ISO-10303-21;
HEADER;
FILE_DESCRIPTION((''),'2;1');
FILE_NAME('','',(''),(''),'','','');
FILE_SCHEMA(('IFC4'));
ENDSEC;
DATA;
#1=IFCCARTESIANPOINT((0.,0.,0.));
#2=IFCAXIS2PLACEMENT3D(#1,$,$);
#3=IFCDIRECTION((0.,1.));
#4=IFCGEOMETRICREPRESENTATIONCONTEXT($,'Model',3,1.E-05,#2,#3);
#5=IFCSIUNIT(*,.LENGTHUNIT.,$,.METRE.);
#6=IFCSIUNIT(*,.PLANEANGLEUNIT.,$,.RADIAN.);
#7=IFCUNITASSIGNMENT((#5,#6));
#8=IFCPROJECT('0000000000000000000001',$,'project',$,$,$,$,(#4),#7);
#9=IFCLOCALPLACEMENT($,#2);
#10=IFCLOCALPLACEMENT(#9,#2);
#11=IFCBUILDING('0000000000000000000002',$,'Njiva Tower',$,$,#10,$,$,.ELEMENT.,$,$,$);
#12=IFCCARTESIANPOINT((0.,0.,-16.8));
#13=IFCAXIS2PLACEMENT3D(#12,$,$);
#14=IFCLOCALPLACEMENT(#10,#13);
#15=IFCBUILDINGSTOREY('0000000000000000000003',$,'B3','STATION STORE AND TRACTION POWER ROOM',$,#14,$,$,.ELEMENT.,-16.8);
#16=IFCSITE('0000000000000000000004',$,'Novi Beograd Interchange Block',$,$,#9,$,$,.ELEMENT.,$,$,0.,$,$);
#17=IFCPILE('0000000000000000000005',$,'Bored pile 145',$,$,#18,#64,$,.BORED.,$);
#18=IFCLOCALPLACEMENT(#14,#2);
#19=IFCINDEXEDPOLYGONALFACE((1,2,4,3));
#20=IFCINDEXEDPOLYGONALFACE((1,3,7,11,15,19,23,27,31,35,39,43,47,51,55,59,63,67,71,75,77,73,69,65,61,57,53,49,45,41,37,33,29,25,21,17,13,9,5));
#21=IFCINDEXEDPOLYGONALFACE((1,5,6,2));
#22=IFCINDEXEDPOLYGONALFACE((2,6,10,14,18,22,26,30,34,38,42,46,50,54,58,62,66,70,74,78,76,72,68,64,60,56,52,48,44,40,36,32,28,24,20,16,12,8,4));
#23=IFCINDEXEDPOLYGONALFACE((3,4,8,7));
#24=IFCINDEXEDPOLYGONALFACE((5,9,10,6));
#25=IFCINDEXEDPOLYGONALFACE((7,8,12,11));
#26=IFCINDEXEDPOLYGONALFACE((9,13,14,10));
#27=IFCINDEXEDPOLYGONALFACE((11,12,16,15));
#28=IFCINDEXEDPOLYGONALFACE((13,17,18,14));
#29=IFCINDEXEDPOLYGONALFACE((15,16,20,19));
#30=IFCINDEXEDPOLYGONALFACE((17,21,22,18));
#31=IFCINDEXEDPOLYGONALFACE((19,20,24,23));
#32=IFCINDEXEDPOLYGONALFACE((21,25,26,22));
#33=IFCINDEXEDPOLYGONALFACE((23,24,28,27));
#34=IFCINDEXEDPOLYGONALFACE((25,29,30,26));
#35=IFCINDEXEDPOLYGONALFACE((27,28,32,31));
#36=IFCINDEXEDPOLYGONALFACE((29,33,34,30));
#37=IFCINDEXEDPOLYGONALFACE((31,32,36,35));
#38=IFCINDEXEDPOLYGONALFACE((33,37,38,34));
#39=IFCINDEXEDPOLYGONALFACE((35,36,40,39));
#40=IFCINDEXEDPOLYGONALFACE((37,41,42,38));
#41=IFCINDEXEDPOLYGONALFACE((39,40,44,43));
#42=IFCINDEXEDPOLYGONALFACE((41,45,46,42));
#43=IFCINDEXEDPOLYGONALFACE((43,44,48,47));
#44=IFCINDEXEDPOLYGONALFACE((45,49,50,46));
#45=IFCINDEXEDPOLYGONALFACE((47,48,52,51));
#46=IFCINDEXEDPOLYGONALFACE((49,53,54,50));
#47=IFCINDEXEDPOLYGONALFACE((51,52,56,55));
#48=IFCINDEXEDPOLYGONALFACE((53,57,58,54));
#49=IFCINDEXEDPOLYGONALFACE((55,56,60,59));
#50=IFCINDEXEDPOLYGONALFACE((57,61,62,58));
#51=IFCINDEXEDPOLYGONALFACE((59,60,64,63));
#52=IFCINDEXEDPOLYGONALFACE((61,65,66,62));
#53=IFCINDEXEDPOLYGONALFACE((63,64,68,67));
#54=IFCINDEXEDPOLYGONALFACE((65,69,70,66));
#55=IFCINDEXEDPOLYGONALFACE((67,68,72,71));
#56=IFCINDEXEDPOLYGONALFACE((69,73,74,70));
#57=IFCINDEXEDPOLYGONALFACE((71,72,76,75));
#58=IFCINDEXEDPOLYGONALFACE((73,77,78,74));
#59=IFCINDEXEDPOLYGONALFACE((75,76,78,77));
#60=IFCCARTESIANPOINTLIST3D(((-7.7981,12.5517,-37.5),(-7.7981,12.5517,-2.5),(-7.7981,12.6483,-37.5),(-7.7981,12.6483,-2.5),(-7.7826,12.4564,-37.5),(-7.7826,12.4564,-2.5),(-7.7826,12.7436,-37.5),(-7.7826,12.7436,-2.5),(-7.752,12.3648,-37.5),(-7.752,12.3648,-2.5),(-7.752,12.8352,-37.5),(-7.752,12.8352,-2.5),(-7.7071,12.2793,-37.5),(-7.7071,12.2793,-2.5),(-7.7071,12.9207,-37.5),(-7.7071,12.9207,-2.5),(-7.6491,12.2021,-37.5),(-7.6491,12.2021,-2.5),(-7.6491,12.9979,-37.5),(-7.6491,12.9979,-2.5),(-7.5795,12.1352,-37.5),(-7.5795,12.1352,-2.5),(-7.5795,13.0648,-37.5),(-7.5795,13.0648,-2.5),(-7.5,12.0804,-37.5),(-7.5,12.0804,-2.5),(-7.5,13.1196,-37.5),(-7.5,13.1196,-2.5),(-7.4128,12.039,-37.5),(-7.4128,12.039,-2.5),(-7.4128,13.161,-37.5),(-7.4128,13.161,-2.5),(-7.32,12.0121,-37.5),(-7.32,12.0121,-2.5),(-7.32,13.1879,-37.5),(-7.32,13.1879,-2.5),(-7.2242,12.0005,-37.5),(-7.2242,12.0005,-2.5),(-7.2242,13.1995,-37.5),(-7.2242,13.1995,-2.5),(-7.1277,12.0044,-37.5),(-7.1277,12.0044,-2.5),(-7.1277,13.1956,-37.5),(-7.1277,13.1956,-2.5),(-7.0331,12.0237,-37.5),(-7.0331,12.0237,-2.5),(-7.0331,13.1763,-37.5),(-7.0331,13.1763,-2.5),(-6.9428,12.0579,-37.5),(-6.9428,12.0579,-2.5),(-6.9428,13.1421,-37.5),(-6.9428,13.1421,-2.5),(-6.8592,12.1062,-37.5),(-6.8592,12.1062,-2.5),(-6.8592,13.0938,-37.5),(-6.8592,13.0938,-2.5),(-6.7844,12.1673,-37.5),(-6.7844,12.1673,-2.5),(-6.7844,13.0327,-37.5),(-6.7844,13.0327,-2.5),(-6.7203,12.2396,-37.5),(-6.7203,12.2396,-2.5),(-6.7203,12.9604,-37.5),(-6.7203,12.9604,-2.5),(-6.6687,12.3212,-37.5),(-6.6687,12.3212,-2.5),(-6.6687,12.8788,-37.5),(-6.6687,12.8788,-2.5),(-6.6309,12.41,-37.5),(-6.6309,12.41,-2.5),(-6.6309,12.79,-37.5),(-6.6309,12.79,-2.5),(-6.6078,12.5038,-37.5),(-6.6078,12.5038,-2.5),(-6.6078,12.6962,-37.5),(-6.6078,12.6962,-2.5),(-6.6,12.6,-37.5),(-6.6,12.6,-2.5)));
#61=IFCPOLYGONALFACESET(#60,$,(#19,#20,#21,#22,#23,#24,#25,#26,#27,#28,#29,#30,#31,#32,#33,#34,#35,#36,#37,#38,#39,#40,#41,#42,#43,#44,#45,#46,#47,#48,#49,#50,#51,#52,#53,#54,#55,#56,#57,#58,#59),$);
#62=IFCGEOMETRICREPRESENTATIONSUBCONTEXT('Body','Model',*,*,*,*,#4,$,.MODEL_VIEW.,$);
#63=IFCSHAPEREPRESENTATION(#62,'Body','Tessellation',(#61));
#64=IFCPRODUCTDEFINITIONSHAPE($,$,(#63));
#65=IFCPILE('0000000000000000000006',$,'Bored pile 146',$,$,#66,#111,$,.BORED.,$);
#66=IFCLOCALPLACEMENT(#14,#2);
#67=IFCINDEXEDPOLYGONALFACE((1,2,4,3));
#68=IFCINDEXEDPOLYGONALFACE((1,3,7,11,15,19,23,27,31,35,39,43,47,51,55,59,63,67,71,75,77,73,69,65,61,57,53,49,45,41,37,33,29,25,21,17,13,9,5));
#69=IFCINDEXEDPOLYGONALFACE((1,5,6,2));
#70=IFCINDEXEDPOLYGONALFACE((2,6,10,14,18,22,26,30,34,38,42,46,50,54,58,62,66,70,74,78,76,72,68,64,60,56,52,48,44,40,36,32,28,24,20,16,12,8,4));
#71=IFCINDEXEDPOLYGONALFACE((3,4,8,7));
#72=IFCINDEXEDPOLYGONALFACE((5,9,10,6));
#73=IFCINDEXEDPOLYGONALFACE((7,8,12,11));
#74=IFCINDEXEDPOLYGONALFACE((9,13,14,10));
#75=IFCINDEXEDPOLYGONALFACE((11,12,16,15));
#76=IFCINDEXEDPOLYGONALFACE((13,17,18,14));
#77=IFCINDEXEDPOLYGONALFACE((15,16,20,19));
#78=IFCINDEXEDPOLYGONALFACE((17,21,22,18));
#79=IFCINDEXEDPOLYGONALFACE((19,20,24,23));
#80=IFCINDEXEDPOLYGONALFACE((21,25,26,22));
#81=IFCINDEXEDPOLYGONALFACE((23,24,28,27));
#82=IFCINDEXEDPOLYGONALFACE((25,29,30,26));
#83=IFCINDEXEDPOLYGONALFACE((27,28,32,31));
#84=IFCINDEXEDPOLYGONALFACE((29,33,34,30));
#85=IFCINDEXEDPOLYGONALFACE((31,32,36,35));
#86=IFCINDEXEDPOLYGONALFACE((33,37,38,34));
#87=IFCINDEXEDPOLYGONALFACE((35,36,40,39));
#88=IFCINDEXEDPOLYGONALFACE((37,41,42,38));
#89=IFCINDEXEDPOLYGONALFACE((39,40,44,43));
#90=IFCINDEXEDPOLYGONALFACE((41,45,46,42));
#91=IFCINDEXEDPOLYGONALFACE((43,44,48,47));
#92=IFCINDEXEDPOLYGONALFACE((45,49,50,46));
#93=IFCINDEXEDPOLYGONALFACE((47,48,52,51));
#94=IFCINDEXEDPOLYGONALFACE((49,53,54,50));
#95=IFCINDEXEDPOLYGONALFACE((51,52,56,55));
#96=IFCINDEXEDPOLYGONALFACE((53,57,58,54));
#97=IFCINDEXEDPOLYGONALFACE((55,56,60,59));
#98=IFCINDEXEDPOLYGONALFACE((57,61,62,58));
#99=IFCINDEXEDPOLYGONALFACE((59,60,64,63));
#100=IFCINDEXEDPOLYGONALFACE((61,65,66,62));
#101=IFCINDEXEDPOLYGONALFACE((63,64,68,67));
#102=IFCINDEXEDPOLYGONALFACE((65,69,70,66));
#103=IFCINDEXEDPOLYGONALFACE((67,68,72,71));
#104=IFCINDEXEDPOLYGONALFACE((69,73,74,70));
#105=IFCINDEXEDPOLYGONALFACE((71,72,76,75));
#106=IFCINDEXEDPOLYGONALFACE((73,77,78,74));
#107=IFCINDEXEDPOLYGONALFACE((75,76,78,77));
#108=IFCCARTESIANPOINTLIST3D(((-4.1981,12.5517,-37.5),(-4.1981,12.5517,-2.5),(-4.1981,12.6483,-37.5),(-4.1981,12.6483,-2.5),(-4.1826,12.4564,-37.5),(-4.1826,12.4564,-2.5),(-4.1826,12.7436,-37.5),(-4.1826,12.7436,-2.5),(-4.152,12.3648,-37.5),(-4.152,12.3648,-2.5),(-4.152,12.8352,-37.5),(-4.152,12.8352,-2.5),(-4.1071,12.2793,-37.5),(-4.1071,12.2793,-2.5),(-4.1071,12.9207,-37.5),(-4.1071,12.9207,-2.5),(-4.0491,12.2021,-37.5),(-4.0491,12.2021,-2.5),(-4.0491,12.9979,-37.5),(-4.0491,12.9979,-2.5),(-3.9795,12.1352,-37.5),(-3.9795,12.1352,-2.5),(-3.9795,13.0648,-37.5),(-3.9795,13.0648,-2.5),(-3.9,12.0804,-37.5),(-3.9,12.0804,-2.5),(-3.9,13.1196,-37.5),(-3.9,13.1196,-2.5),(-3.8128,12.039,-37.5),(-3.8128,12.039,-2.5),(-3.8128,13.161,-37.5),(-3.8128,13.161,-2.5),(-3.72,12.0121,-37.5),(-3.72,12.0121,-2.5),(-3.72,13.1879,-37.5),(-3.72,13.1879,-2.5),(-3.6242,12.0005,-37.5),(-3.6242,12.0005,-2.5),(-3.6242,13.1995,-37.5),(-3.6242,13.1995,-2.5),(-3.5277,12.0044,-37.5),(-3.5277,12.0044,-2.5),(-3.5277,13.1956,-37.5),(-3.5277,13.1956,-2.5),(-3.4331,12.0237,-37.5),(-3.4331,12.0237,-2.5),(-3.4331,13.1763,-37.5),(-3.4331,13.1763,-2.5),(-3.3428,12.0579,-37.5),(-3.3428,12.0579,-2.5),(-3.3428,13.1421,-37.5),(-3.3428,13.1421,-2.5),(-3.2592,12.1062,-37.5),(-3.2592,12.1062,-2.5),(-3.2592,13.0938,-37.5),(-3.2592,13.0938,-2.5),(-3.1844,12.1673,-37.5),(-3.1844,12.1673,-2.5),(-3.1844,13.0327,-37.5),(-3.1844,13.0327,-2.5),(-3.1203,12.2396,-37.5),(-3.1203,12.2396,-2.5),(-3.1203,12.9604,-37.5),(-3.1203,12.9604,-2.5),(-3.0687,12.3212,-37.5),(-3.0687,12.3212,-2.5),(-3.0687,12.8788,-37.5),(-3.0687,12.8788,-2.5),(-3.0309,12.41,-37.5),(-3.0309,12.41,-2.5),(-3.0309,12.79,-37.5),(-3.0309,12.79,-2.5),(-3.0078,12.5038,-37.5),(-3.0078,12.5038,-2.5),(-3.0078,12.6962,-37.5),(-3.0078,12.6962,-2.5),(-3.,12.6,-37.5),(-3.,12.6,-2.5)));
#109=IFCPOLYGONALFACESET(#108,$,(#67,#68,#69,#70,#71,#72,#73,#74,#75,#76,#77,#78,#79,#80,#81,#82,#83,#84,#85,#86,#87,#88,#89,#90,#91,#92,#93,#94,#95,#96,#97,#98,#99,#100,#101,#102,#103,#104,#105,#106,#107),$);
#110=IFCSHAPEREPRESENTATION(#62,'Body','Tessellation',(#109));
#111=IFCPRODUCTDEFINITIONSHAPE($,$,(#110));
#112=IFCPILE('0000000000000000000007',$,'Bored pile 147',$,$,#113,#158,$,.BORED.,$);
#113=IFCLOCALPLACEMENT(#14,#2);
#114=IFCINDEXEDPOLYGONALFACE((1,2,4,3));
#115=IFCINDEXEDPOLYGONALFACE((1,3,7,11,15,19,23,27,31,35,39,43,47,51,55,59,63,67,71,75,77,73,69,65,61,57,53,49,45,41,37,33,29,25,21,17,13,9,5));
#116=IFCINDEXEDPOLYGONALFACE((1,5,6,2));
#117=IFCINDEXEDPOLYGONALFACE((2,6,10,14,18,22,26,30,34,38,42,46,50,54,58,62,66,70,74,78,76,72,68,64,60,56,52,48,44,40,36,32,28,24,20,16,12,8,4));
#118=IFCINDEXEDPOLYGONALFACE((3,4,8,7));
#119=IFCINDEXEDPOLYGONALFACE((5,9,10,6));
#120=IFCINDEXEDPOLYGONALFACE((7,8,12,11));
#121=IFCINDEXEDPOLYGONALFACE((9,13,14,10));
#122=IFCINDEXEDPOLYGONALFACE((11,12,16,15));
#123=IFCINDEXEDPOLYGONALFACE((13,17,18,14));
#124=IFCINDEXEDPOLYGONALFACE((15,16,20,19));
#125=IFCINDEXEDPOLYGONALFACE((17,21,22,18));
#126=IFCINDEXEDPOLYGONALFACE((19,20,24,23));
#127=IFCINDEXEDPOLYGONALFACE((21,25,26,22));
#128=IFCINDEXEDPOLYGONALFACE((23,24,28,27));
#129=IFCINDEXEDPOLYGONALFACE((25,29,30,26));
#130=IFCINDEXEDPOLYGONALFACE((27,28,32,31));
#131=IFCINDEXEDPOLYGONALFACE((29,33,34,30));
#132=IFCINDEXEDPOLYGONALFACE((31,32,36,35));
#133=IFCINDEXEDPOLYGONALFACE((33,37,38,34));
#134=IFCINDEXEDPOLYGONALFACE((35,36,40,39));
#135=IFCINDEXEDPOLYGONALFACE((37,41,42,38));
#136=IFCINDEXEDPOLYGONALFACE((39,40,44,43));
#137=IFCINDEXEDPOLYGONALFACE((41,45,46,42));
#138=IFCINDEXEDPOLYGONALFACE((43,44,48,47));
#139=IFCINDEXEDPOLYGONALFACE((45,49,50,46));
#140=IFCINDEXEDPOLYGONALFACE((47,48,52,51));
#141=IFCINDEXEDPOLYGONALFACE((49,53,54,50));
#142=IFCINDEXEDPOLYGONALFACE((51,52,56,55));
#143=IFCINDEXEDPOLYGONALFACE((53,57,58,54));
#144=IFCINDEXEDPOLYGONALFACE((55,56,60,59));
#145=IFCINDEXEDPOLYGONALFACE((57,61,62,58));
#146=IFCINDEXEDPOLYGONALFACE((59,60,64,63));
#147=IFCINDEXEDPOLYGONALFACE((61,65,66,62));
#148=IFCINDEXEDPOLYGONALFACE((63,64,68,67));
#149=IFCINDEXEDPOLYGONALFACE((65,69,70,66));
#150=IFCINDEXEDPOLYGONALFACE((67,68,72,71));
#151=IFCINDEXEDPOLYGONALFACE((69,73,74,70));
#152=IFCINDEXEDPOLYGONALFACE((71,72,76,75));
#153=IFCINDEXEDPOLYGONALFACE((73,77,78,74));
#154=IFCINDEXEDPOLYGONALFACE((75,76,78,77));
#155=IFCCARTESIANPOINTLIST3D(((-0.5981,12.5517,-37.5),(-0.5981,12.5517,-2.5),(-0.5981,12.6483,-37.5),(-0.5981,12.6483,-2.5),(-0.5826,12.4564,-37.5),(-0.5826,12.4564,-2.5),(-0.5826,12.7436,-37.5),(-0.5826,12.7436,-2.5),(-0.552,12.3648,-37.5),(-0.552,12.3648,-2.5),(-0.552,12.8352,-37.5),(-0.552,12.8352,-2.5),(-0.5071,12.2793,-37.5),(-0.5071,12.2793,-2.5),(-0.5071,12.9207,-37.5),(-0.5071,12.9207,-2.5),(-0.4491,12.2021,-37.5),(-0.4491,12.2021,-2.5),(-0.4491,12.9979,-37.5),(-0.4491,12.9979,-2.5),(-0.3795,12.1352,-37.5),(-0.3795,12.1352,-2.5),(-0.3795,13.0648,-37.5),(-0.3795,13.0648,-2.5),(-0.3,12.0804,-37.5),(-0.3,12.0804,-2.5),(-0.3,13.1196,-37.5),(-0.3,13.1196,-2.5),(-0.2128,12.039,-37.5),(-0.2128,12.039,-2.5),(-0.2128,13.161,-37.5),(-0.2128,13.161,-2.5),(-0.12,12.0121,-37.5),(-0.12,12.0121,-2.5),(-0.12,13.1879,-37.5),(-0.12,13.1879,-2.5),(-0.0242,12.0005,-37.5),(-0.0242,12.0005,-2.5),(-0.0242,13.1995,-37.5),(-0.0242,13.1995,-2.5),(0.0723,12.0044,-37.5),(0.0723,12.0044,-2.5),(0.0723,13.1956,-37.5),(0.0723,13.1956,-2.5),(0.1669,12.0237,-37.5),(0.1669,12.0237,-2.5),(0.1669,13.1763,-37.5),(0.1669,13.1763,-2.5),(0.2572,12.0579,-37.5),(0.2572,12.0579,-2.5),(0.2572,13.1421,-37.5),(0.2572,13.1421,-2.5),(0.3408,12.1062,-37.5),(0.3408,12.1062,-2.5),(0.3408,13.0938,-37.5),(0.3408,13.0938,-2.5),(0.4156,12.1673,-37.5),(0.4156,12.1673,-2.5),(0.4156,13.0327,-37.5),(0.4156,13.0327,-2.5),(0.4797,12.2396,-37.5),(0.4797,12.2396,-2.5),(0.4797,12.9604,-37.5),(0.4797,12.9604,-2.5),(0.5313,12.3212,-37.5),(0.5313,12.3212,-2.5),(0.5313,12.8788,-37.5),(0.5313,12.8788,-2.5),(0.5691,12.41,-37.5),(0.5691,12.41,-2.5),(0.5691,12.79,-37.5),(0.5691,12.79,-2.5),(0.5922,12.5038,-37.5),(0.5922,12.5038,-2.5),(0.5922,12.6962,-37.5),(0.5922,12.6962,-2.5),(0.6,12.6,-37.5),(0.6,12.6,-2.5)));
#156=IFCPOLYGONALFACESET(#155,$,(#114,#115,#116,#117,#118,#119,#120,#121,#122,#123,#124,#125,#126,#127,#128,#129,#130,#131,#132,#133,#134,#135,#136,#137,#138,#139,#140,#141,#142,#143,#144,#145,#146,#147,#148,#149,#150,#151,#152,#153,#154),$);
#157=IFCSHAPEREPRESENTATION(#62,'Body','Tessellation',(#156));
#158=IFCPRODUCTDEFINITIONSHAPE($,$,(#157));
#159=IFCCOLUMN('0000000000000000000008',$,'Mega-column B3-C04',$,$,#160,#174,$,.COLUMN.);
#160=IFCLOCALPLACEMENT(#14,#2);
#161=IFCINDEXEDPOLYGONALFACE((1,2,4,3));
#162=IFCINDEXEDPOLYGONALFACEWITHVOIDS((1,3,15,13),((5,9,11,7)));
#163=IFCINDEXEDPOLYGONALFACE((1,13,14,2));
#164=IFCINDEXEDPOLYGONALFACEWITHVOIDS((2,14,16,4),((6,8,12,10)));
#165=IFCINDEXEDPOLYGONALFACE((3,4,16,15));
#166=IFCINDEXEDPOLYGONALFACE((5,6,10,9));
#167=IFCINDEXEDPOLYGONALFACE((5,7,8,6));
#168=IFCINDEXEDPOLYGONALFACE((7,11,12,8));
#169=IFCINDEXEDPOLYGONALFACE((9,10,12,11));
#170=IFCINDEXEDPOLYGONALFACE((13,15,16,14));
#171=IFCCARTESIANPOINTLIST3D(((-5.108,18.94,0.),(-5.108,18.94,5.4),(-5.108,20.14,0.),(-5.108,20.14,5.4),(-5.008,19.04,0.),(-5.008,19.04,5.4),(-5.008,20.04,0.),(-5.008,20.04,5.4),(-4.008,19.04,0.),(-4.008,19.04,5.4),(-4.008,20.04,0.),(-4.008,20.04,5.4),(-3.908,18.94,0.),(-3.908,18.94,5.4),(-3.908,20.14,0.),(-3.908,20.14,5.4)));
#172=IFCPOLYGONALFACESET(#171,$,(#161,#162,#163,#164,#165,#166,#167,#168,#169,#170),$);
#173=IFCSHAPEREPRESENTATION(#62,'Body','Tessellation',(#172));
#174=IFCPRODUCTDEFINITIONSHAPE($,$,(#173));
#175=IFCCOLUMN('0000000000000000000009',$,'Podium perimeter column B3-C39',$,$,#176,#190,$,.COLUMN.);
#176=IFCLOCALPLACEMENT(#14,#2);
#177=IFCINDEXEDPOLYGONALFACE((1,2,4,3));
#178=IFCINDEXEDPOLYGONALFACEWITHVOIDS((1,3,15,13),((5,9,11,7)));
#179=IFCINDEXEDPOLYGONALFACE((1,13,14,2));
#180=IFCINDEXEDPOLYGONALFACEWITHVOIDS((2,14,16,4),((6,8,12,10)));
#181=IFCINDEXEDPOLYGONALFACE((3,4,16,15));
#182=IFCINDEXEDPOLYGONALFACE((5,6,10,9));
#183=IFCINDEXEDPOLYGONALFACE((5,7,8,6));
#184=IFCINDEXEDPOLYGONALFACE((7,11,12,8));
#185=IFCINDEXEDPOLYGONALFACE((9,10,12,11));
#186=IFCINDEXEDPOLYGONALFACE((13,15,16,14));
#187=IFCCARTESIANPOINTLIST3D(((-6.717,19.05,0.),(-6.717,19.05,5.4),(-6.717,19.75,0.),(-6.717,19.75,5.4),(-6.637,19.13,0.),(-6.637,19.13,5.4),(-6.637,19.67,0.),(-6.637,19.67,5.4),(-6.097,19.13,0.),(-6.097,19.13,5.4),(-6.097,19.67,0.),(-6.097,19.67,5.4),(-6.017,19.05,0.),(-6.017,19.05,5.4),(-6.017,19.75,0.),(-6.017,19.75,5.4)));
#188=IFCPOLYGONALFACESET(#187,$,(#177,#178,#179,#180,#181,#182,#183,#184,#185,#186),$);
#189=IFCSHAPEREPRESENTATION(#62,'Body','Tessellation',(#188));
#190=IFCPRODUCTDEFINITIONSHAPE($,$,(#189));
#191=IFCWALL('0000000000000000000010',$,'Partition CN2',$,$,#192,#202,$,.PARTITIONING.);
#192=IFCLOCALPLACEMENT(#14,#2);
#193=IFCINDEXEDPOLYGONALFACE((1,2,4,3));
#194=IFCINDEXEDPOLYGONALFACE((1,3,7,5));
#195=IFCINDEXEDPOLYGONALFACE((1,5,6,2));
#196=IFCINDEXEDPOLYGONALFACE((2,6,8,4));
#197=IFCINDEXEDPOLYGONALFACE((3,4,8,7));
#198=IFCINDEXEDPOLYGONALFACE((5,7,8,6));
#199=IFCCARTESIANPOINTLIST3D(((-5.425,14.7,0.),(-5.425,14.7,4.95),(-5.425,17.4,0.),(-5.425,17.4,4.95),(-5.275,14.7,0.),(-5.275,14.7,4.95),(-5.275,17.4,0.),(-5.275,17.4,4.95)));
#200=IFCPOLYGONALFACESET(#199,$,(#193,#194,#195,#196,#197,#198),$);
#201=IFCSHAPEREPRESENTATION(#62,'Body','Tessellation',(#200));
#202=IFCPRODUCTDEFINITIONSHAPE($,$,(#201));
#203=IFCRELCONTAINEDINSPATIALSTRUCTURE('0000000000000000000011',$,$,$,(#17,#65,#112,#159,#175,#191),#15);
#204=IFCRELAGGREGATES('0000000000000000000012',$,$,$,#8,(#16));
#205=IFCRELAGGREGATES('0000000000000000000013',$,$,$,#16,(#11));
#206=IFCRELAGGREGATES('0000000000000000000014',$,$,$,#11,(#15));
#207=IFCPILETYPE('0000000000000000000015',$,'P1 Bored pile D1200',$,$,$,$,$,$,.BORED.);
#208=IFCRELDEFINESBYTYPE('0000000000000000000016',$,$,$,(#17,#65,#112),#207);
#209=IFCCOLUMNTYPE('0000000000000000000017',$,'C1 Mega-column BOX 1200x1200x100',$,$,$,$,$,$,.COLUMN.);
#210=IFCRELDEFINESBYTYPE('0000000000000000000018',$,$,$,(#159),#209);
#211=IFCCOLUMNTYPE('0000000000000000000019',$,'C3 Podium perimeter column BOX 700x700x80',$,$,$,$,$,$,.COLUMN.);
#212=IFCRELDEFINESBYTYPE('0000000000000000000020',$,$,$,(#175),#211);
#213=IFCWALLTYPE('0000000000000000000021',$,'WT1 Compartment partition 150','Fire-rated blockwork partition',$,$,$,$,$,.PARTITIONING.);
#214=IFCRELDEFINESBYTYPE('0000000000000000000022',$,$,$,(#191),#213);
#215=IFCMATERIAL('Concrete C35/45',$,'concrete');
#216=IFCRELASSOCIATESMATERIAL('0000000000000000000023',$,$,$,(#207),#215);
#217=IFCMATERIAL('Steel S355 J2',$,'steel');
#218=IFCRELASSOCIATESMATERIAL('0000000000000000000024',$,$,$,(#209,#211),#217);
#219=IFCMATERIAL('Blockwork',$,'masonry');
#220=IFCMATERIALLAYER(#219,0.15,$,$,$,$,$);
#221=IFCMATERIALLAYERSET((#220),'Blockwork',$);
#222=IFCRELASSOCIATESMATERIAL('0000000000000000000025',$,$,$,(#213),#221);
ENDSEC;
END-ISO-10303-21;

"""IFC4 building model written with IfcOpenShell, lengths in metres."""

from ifc_helpers import new_model, si_unit, direction, frame, frame_2d, origin, origin_2d, place, context, subcontext, project, spatial, rectangle, hollow_rectangle, circle, extrude, material, layer, layer_set, material_profile, profile_set, type_object, element, save


model = new_model("IFC4")

# Units and contexts
model_context = context("Model", 3, precision=1e-05, world=origin(), true_north=direction((0.0, 1.0)))
body_context = subcontext(model_context, "Body", "Model", "MODEL_VIEW")
ifc_project = project(units=[si_unit("LENGTHUNIT", "METRE"), si_unit("PLANEANGLEUNIT", "RADIAN")], contexts=[model_context])

# Site, building, storey
site_placement = place(None, origin())
site = spatial("IfcSite", under=ifc_project, at=site_placement, Name="Novi Beograd Interchange Block", CompositionType="ELEMENT", RefElevation=0.0)
building_placement = place(site_placement, origin())
building = spatial("IfcBuilding", under=site, at=building_placement, Name="Njiva Tower", CompositionType="ELEMENT")
storey_placement = place(building_placement, frame((0.0, 0.0, -16.8)))
storey = spatial("IfcBuildingStorey", under=building, at=storey_placement, Name="B3", Description="STATION STORE AND TRACTION POWER ROOM", CompositionType="ELEMENT", Elevation=-16.8)

# Piles
ifc_material_1 = material(Name="Concrete C35/45", Category="concrete")
ifc_material_profile_1 = material_profile(ifc_material_1, circle(Radius=0.6, at=origin_2d()), Name="D1200")
ifc_profile_set_1 = profile_set([ifc_material_profile_1], Name="Concrete C35/45")
pile_type = type_object("IfcPileType", Name="P1 Bored pile D1200", PredefinedType="BORED", material=ifc_profile_set_1)
for number, where, z_axis, x_axis, name in (
    (1, (-7.2, 12.6, -2.5), (0.0, 0.0, -1.0), (1.0, 0.0, 0.0), "Bored pile 145"),
    (2, (-3.6, 12.6, -2.5), (0.0, 0.0, -1.0), (1.0, 0.0, 0.0), "Bored pile 146"),
    (3, (0.0, 12.6, -2.5), (0.0, 0.0, -1.0), (1.0, 0.0, 0.0), "Bored pile 147"),
):
    element("IfcPile", number, at=place(storey_placement, frame(where, z_axis=z_axis, x_axis=x_axis)), inside=storey, type_object=pile_type, Name=name, PredefinedType="BORED", context=body_context, shape_type="SweptSolid", body=[
        extrude(circle(Radius=0.6, at=origin_2d()), origin(), (0.0, 0.0, 1.0), 35.0),
    ])

# Columns
ifc_material_2 = material(Name="Steel S355 J2", Category="steel")
ifc_material_profile_2 = material_profile(ifc_material_2, hollow_rectangle(XDim=1.2, YDim=1.2, WallThickness=0.1, at=origin_2d()), Name="BOX 1200x1200x100")
ifc_profile_set_2 = profile_set([ifc_material_profile_2], Name="Steel S355 J2")
column_type_1 = type_object("IfcColumnType", Name="C1 Mega-column BOX 1200x1200x100", PredefinedType="COLUMN", material=ifc_profile_set_2)
column_1_placement = place(storey_placement, frame((-4.508, 19.54, 0.0), z_axis=(0.0, 0.0, 1.0), x_axis=(-1.0, 0.0, 0.0)))
element("IfcColumn", 4, at=column_1_placement, inside=storey, type_object=column_type_1, Name="Mega-column B3-C04", PredefinedType="COLUMN", context=body_context, shape_type="SweptSolid", body=[
    extrude(hollow_rectangle(XDim=1.2, YDim=1.2, WallThickness=0.1, at=origin_2d()), origin(), (0.0, 0.0, 1.0), 5.4),
])
ifc_material_profile_3 = material_profile(ifc_material_2, hollow_rectangle(XDim=0.7, YDim=0.7, WallThickness=0.08, at=origin_2d()), Name="BOX 700x700x80")
ifc_profile_set_3 = profile_set([ifc_material_profile_3], Name="Steel S355 J2")
column_type_2 = type_object("IfcColumnType", Name="C3 Podium perimeter column BOX 700x700x80", PredefinedType="COLUMN", material=ifc_profile_set_3)
column_2_placement = place(storey_placement, frame((-6.367, 19.4, 0.0), z_axis=(0.0, 0.0, 1.0), x_axis=(-1.0, 0.0, 0.0)))
element("IfcColumn", 5, at=column_2_placement, inside=storey, type_object=column_type_2, Name="Podium perimeter column B3-C39", PredefinedType="COLUMN", context=body_context, shape_type="SweptSolid", body=[
    extrude(hollow_rectangle(XDim=0.7, YDim=0.7, WallThickness=0.08, at=origin_2d()), origin(), (0.0, 0.0, 1.0), 5.4),
])

# Wall
ifc_material_3 = material(Name="Blockwork", Category="masonry")
ifc_layer_1 = layer(ifc_material_3, 0.15)
ifc_layer_set_1 = layer_set([ifc_layer_1], Name="Blockwork")
wall_type_1 = type_object("IfcWallType", Name="WT1 Compartment partition 150", Description="Fire-rated blockwork partition", PredefinedType="PARTITIONING", material=ifc_layer_set_1)
for number, where, z_axis, x_axis, name in (
    (6, (-5.35, 14.7, 0.0), (0.0, 0.0, 1.0), (0.0, 1.0, 0.0), "Partition CN2"),
):
    element("IfcWall", number, at=place(storey_placement, frame(where, z_axis=z_axis, x_axis=x_axis)), inside=storey, type_object=wall_type_1, Name=name, PredefinedType="PARTITIONING", context=body_context, shape_type="SweptSolid", body=[
        extrude(rectangle(XDim=2.7, YDim=0.15, at=frame_2d((1.35, 0.0))), origin(), (0.0, 0.0, 1.0), 4.95),
    ])

save(model, "model.ifc")
